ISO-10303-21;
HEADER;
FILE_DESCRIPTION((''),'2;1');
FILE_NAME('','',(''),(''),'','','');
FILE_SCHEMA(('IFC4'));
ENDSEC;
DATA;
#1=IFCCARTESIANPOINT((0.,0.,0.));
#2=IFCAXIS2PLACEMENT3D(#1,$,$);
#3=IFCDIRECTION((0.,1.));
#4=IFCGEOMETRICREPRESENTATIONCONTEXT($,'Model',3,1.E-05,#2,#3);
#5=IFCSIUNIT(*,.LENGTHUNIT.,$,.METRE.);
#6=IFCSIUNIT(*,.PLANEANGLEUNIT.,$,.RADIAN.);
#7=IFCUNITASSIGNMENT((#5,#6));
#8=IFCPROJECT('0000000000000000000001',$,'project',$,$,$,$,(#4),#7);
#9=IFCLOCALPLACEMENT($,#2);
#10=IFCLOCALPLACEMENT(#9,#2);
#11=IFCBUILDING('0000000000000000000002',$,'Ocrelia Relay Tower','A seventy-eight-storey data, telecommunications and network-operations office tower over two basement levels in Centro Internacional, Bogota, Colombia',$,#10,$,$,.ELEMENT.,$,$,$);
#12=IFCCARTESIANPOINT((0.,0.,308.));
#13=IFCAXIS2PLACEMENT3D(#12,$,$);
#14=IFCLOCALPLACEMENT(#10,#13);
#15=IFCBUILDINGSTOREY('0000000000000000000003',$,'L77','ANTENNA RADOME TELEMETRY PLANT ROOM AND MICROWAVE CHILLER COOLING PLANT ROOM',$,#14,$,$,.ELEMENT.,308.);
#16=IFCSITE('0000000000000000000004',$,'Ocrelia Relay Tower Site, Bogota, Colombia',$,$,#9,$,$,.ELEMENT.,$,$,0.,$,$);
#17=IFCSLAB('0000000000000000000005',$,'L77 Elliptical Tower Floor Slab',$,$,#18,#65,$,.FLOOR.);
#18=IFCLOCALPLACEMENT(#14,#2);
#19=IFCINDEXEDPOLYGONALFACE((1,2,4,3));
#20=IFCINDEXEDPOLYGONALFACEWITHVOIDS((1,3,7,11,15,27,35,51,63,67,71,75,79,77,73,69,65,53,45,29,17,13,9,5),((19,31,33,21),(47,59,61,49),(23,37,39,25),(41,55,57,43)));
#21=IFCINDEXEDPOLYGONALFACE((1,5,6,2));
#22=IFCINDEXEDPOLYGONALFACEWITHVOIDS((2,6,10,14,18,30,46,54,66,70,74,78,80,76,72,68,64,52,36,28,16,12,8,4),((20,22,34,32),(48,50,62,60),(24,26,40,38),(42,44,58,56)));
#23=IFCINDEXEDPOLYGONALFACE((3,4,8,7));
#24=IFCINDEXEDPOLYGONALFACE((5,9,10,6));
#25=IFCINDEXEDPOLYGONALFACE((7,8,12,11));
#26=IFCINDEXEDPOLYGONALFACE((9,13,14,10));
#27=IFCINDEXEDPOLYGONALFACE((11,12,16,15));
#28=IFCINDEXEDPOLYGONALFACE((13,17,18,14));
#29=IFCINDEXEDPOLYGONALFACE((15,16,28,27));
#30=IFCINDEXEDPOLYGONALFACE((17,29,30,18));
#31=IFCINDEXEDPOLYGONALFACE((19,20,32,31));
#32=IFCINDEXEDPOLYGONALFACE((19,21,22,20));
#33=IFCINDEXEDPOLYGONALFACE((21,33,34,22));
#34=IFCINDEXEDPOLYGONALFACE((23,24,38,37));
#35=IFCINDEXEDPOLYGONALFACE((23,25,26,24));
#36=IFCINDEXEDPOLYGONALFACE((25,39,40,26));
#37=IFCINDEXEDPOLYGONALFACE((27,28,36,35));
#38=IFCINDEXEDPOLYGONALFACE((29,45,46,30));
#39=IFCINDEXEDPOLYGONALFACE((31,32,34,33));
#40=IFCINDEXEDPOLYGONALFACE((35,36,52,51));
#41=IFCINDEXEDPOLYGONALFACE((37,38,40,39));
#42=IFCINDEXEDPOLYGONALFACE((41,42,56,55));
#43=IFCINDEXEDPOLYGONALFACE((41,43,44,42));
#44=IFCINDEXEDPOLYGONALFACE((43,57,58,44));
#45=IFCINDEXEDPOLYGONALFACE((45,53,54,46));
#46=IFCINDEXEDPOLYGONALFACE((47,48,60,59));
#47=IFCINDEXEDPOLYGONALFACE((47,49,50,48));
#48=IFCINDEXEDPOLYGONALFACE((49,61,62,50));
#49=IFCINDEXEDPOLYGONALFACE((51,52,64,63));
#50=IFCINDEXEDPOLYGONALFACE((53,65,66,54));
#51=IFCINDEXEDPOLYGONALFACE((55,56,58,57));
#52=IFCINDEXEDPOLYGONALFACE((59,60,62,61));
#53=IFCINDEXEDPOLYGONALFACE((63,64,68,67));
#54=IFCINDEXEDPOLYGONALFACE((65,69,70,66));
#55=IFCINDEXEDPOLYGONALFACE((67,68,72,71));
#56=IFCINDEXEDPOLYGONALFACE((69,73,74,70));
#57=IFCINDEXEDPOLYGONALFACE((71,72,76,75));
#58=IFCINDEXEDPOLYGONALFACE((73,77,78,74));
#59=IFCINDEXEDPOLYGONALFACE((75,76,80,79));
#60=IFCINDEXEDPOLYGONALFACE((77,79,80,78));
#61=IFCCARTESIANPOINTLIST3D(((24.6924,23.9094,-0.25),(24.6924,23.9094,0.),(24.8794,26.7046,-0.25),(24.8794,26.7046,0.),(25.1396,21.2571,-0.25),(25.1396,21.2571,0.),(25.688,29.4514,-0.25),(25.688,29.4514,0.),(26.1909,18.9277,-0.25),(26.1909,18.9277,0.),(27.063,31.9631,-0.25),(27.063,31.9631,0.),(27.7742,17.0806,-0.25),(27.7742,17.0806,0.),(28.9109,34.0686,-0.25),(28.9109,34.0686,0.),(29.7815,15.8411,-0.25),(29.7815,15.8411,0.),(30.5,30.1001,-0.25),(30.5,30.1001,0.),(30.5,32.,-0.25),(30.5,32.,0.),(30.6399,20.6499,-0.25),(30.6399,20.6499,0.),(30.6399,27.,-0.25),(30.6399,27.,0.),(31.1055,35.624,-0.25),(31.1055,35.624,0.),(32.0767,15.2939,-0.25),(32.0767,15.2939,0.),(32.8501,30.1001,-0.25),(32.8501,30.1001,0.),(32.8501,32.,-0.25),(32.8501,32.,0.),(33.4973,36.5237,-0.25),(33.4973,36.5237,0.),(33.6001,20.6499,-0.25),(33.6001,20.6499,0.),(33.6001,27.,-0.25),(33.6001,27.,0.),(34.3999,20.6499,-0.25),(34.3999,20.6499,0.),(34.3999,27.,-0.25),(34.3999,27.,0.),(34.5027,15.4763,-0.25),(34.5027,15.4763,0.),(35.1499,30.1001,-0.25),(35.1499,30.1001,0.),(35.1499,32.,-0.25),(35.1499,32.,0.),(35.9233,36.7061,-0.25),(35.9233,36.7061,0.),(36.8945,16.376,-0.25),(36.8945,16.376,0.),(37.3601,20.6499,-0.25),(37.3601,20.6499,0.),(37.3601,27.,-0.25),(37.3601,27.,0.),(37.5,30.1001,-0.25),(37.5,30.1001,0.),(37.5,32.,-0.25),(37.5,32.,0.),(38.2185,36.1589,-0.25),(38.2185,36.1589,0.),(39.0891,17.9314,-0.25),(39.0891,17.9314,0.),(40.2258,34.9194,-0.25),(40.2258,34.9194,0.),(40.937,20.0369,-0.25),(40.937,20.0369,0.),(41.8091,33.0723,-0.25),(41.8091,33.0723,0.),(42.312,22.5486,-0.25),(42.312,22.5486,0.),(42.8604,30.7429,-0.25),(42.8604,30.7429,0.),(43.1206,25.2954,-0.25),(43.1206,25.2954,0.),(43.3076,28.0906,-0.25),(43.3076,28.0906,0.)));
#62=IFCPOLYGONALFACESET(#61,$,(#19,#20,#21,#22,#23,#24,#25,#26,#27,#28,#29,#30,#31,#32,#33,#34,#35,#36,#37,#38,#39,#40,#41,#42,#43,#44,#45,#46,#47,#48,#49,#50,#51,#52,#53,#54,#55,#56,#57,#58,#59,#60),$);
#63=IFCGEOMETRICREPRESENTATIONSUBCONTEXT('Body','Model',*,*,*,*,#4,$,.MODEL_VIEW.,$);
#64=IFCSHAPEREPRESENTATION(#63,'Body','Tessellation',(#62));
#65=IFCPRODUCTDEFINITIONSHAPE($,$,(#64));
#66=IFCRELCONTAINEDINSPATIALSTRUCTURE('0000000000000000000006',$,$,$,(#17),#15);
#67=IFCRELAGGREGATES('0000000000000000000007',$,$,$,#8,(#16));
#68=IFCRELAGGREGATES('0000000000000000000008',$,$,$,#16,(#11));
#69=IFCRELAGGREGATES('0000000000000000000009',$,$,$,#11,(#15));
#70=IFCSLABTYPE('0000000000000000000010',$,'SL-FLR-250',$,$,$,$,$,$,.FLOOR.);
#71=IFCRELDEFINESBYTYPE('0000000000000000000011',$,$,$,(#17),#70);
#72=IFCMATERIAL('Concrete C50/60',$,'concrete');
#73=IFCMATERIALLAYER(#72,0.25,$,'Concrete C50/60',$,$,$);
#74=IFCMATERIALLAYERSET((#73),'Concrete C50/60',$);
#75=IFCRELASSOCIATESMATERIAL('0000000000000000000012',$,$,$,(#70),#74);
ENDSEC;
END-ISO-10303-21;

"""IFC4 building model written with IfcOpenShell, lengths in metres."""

from ifc_helpers import new_model, si_unit, direction, frame, origin, place, context, subcontext, project, spatial, polyline, outline, extrude, material, layer, layer_set, type_object, element, save


model = new_model("IFC4")

# Units and contexts
model_context = context("Model", 3, precision=1e-05, world=origin(), true_north=direction((0.0, 1.0)))
body_context = subcontext(model_context, "Body", "Model", "MODEL_VIEW")
ifc_project = project(units=[si_unit("LENGTHUNIT", "METRE"), si_unit("PLANEANGLEUNIT", "RADIAN")], contexts=[model_context])

# Site, building, storey
site_placement = place(None, origin())
site = spatial("IfcSite", under=ifc_project, at=site_placement, Name="Ocrelia Relay Tower Site, Bogota, Colombia", CompositionType="ELEMENT", RefElevation=0.0)
building_placement = place(site_placement, origin())
building = spatial("IfcBuilding", under=site, at=building_placement, Name="Ocrelia Relay Tower", Description="A seventy-eight-storey data, telecommunications and network-operations office tower over two basement levels in Centro Internacional, Bogota, Colombia", CompositionType="ELEMENT")
storey_placement = place(building_placement, frame((0.0, 0.0, 308.0)))
storey = spatial("IfcBuildingStorey", under=building, at=storey_placement, Name="L77", Description="ANTENNA RADOME TELEMETRY PLANT ROOM AND MICROWAVE CHILLER COOLING PLANT ROOM", CompositionType="ELEMENT", Elevation=308.0)

# Slab
ifc_material_1 = material(Name="Concrete C50/60", Category="concrete")
ifc_layer_1 = layer(ifc_material_1, 0.25, Name="Concrete C50/60")
ifc_layer_set_1 = layer_set([ifc_layer_1], Name="Concrete C50/60")
slab_type_1 = type_object("IfcSlabType", Name="SL-FLR-250", PredefinedType="FLOOR", material=ifc_layer_set_1)
slab_1_placement = place(storey_placement, frame((0.0, 0.0, -0.25)))
element("IfcSlab", 1, at=slab_1_placement, inside=storey, type_object=slab_type_1, Name="L77 Elliptical Tower Floor Slab", PredefinedType="FLOOR", context=body_context, shape_type="SweptSolid", body=[
    extrude(outline(polyline([(38.2185, 36.1589), (35.9233, 36.7061), (33.4973, 36.5237), (31.1055, 35.624), (28.9109, 34.0686), (27.063, 31.9631), (25.688, 29.4514), (24.8794, 26.7046), (24.6924, 23.9094), (25.1396, 21.2571), (26.1909, 18.9277), (27.7742, 17.0806), (29.7815, 15.8411), (32.0767, 15.2939), (34.5027, 15.4763), (36.8945, 16.376), (39.0891, 17.9314), (40.937, 20.0369), (42.312, 22.5486), (43.1206, 25.2954), (43.3076, 28.0906), (42.8604, 30.7429), (41.8091, 33.0723), (40.2258, 34.9194), (38.2185, 36.1589)]), holes=[polyline([(33.6001, 20.6499), (33.6001, 27.0), (30.6399, 27.0), (30.6399, 20.6499), (33.6001, 20.6499)]), polyline([(37.3601, 20.6499), (37.3601, 27.0), (34.3999, 27.0), (34.3999, 20.6499), (37.3601, 20.6499)]), polyline([(30.5, 30.1001), (32.8501, 30.1001), (32.8501, 32.0), (30.5, 32.0), (30.5, 30.1001)]), polyline([(35.1499, 30.1001), (37.5, 30.1001), (37.5, 32.0), (35.1499, 32.0), (35.1499, 30.1001)])]), origin(), (0.0, 0.0, 1.0), 0.25),
])

save(model, "model.ifc")
